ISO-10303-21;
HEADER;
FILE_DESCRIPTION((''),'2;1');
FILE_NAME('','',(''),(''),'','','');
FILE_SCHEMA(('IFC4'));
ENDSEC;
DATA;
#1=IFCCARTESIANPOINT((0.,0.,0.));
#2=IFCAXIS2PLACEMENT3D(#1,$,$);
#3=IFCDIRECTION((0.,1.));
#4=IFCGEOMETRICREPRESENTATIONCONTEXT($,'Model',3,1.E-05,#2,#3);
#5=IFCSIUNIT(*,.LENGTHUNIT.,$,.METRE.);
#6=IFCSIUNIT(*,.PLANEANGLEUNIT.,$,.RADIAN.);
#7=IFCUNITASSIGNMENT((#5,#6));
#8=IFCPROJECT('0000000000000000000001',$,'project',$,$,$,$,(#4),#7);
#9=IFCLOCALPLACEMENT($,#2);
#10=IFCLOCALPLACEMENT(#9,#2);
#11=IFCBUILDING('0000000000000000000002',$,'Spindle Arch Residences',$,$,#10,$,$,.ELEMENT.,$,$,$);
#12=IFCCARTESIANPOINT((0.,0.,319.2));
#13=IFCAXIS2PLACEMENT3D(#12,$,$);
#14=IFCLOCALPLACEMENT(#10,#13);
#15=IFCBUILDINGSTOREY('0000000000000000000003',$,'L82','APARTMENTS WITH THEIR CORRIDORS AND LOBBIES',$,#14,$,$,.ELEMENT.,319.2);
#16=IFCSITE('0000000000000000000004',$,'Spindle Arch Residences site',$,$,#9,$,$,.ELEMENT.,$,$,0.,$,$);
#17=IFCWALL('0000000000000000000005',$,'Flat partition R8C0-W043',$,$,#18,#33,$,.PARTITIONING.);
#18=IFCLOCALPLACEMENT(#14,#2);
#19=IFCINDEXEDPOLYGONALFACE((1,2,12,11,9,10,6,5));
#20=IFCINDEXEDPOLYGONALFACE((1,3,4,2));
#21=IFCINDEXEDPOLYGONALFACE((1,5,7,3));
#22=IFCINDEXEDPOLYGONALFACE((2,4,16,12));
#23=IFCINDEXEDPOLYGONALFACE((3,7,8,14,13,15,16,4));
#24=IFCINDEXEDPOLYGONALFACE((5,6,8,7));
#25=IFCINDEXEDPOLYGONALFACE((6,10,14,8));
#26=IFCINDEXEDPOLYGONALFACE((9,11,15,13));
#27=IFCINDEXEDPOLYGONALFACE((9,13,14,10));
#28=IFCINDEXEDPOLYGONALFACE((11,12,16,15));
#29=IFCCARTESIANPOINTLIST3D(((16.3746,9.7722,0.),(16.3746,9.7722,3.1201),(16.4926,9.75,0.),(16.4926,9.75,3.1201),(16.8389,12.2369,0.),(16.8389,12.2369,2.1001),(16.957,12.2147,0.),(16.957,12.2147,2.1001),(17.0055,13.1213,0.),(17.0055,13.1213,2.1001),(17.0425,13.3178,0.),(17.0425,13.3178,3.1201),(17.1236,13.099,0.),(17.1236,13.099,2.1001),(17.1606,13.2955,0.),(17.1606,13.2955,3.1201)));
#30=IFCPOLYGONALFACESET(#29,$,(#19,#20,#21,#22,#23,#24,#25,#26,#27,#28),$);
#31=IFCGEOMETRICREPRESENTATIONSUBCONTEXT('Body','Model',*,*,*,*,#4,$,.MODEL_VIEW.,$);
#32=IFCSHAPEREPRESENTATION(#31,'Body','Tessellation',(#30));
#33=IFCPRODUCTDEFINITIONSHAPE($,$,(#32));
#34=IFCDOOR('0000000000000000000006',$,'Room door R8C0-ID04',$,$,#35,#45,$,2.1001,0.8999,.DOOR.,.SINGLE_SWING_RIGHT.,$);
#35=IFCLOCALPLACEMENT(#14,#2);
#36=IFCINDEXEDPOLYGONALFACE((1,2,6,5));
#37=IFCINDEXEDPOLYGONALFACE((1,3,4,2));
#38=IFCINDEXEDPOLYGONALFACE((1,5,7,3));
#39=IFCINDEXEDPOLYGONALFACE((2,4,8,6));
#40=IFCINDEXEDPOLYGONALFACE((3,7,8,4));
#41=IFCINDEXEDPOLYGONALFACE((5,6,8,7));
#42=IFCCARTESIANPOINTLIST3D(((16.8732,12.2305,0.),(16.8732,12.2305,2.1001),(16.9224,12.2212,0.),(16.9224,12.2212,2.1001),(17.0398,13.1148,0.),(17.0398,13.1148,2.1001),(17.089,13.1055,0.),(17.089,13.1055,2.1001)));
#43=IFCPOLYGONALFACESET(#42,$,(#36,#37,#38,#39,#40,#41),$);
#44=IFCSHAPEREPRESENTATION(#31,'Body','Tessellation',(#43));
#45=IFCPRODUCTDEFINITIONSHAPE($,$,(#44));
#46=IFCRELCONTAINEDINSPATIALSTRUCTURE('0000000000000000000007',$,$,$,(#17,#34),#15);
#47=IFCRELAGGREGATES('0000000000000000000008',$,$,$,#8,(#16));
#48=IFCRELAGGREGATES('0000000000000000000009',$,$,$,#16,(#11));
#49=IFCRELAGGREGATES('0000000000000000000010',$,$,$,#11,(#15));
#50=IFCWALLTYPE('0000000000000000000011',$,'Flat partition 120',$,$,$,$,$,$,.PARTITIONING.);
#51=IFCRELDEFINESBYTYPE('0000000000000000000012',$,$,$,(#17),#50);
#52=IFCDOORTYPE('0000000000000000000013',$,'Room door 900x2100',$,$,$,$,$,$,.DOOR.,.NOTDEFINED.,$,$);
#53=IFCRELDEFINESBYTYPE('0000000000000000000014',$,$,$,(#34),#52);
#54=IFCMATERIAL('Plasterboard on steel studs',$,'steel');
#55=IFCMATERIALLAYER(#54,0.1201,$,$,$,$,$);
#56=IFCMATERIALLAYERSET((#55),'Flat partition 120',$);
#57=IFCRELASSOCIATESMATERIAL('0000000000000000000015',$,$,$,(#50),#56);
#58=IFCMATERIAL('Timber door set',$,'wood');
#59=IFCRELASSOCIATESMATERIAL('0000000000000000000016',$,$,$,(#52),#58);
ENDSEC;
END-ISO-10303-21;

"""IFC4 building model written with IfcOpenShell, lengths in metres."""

from ifc_helpers import new_model, si_unit, direction, frame, frame_2d, origin, place, context, subcontext, project, spatial, rectangle, extrude, material, layer, layer_set, type_object, element, fill, save


model = new_model("IFC4")

# Units and contexts
model_context = context("Model", 3, precision=1e-05, world=origin(), true_north=direction((0.0, 1.0)))
body_context = subcontext(model_context, "Body", "Model", "MODEL_VIEW")
ifc_project = project(units=[si_unit("LENGTHUNIT", "METRE"), si_unit("PLANEANGLEUNIT", "RADIAN")], contexts=[model_context])

# Site, building, storey
site_placement = place(None, origin())
site = spatial("IfcSite", under=ifc_project, at=site_placement, Name="Spindle Arch Residences site", CompositionType="ELEMENT", RefElevation=0.0)
building_placement = place(site_placement, origin())
building = spatial("IfcBuilding", under=site, at=building_placement, Name="Spindle Arch Residences", CompositionType="ELEMENT")
storey_placement = place(building_placement, frame((0.0, 0.0, 319.2)))
storey = spatial("IfcBuildingStorey", under=building, at=storey_placement, Name="L82", Description="APARTMENTS WITH THEIR CORRIDORS AND LOBBIES", CompositionType="ELEMENT", Elevation=319.2)

# Shared definitions
ifc_material_1 = material(Name="Plasterboard on steel studs", Category="steel")
ifc_layer_1 = layer(ifc_material_1, 0.1201)
ifc_layer_set_1 = layer_set([ifc_layer_1], Name="Flat partition 120")
wall_type = type_object("IfcWallType", Name="Flat partition 120", PredefinedType="PARTITIONING", material=ifc_layer_set_1)

# Shared definitions
ifc_material_2 = material(Name="Timber door set", Category="wood")
door_type = type_object("IfcDoorType", Name="Room door 900x2100", OperationType="NOTDEFINED", PredefinedType="DOOR", material=ifc_material_2)

# Wall, opening, door
wall_1_placement = place(storey_placement, frame((17.1016, 13.3066, 0.0), z_axis=(0.0, 0.0, 1.0), x_axis=(-0.185134, -0.982713, 0.0)))
wall_1 = element("IfcWall", 1, at=wall_1_placement, inside=storey, type_object=wall_type, Name="Flat partition R8C0-W043", PredefinedType="PARTITIONING", context=body_context, shape_type="SweptSolid", body=[
    extrude(rectangle(XDim=3.6079, YDim=0.1201, at=frame_2d((1.804, 0.0))), origin(), (0.0, 0.0, 1.0), 3.1201),
])
opening_1_placement = place(wall_1_placement, frame((0.2, 0.0, 0.0)))
opening_1 = element("IfcOpeningElement", 2, at=opening_1_placement, cuts=wall_1, PredefinedType="OPENING", context=body_context, shape_type="SweptSolid", body=[
    extrude(rectangle(XDim=0.8999, YDim=2.1001, at=frame_2d((0.45, 1.05))), frame((0.0, 0.0701, 0.0), z_axis=(0.0, -1.0, 0.0), x_axis=(1.0, 0.0, 0.0)), (0.0, 0.0, 1.0), 0.1401),
])
door_1_placement = place(opening_1_placement, origin())
door_1 = element("IfcDoor", 3, at=door_1_placement, inside=storey, type_object=door_type, Name="Room door R8C0-ID04", OperationType="SINGLE_SWING_RIGHT", OverallHeight=2.1001, OverallWidth=0.8999, PredefinedType="DOOR", context=body_context, shape_type="SweptSolid", body=[
    extrude(rectangle(XDim=0.8999, YDim=2.1001, at=frame_2d((0.45, 1.05))), frame((0.0, 0.0249, 0.0), z_axis=(0.0, -1.0, 0.0), x_axis=(1.0, 0.0, 0.0)), (0.0, 0.0, 1.0), 0.05),
])
fill(opening_1, door_1)

save(model, "model.ifc")
